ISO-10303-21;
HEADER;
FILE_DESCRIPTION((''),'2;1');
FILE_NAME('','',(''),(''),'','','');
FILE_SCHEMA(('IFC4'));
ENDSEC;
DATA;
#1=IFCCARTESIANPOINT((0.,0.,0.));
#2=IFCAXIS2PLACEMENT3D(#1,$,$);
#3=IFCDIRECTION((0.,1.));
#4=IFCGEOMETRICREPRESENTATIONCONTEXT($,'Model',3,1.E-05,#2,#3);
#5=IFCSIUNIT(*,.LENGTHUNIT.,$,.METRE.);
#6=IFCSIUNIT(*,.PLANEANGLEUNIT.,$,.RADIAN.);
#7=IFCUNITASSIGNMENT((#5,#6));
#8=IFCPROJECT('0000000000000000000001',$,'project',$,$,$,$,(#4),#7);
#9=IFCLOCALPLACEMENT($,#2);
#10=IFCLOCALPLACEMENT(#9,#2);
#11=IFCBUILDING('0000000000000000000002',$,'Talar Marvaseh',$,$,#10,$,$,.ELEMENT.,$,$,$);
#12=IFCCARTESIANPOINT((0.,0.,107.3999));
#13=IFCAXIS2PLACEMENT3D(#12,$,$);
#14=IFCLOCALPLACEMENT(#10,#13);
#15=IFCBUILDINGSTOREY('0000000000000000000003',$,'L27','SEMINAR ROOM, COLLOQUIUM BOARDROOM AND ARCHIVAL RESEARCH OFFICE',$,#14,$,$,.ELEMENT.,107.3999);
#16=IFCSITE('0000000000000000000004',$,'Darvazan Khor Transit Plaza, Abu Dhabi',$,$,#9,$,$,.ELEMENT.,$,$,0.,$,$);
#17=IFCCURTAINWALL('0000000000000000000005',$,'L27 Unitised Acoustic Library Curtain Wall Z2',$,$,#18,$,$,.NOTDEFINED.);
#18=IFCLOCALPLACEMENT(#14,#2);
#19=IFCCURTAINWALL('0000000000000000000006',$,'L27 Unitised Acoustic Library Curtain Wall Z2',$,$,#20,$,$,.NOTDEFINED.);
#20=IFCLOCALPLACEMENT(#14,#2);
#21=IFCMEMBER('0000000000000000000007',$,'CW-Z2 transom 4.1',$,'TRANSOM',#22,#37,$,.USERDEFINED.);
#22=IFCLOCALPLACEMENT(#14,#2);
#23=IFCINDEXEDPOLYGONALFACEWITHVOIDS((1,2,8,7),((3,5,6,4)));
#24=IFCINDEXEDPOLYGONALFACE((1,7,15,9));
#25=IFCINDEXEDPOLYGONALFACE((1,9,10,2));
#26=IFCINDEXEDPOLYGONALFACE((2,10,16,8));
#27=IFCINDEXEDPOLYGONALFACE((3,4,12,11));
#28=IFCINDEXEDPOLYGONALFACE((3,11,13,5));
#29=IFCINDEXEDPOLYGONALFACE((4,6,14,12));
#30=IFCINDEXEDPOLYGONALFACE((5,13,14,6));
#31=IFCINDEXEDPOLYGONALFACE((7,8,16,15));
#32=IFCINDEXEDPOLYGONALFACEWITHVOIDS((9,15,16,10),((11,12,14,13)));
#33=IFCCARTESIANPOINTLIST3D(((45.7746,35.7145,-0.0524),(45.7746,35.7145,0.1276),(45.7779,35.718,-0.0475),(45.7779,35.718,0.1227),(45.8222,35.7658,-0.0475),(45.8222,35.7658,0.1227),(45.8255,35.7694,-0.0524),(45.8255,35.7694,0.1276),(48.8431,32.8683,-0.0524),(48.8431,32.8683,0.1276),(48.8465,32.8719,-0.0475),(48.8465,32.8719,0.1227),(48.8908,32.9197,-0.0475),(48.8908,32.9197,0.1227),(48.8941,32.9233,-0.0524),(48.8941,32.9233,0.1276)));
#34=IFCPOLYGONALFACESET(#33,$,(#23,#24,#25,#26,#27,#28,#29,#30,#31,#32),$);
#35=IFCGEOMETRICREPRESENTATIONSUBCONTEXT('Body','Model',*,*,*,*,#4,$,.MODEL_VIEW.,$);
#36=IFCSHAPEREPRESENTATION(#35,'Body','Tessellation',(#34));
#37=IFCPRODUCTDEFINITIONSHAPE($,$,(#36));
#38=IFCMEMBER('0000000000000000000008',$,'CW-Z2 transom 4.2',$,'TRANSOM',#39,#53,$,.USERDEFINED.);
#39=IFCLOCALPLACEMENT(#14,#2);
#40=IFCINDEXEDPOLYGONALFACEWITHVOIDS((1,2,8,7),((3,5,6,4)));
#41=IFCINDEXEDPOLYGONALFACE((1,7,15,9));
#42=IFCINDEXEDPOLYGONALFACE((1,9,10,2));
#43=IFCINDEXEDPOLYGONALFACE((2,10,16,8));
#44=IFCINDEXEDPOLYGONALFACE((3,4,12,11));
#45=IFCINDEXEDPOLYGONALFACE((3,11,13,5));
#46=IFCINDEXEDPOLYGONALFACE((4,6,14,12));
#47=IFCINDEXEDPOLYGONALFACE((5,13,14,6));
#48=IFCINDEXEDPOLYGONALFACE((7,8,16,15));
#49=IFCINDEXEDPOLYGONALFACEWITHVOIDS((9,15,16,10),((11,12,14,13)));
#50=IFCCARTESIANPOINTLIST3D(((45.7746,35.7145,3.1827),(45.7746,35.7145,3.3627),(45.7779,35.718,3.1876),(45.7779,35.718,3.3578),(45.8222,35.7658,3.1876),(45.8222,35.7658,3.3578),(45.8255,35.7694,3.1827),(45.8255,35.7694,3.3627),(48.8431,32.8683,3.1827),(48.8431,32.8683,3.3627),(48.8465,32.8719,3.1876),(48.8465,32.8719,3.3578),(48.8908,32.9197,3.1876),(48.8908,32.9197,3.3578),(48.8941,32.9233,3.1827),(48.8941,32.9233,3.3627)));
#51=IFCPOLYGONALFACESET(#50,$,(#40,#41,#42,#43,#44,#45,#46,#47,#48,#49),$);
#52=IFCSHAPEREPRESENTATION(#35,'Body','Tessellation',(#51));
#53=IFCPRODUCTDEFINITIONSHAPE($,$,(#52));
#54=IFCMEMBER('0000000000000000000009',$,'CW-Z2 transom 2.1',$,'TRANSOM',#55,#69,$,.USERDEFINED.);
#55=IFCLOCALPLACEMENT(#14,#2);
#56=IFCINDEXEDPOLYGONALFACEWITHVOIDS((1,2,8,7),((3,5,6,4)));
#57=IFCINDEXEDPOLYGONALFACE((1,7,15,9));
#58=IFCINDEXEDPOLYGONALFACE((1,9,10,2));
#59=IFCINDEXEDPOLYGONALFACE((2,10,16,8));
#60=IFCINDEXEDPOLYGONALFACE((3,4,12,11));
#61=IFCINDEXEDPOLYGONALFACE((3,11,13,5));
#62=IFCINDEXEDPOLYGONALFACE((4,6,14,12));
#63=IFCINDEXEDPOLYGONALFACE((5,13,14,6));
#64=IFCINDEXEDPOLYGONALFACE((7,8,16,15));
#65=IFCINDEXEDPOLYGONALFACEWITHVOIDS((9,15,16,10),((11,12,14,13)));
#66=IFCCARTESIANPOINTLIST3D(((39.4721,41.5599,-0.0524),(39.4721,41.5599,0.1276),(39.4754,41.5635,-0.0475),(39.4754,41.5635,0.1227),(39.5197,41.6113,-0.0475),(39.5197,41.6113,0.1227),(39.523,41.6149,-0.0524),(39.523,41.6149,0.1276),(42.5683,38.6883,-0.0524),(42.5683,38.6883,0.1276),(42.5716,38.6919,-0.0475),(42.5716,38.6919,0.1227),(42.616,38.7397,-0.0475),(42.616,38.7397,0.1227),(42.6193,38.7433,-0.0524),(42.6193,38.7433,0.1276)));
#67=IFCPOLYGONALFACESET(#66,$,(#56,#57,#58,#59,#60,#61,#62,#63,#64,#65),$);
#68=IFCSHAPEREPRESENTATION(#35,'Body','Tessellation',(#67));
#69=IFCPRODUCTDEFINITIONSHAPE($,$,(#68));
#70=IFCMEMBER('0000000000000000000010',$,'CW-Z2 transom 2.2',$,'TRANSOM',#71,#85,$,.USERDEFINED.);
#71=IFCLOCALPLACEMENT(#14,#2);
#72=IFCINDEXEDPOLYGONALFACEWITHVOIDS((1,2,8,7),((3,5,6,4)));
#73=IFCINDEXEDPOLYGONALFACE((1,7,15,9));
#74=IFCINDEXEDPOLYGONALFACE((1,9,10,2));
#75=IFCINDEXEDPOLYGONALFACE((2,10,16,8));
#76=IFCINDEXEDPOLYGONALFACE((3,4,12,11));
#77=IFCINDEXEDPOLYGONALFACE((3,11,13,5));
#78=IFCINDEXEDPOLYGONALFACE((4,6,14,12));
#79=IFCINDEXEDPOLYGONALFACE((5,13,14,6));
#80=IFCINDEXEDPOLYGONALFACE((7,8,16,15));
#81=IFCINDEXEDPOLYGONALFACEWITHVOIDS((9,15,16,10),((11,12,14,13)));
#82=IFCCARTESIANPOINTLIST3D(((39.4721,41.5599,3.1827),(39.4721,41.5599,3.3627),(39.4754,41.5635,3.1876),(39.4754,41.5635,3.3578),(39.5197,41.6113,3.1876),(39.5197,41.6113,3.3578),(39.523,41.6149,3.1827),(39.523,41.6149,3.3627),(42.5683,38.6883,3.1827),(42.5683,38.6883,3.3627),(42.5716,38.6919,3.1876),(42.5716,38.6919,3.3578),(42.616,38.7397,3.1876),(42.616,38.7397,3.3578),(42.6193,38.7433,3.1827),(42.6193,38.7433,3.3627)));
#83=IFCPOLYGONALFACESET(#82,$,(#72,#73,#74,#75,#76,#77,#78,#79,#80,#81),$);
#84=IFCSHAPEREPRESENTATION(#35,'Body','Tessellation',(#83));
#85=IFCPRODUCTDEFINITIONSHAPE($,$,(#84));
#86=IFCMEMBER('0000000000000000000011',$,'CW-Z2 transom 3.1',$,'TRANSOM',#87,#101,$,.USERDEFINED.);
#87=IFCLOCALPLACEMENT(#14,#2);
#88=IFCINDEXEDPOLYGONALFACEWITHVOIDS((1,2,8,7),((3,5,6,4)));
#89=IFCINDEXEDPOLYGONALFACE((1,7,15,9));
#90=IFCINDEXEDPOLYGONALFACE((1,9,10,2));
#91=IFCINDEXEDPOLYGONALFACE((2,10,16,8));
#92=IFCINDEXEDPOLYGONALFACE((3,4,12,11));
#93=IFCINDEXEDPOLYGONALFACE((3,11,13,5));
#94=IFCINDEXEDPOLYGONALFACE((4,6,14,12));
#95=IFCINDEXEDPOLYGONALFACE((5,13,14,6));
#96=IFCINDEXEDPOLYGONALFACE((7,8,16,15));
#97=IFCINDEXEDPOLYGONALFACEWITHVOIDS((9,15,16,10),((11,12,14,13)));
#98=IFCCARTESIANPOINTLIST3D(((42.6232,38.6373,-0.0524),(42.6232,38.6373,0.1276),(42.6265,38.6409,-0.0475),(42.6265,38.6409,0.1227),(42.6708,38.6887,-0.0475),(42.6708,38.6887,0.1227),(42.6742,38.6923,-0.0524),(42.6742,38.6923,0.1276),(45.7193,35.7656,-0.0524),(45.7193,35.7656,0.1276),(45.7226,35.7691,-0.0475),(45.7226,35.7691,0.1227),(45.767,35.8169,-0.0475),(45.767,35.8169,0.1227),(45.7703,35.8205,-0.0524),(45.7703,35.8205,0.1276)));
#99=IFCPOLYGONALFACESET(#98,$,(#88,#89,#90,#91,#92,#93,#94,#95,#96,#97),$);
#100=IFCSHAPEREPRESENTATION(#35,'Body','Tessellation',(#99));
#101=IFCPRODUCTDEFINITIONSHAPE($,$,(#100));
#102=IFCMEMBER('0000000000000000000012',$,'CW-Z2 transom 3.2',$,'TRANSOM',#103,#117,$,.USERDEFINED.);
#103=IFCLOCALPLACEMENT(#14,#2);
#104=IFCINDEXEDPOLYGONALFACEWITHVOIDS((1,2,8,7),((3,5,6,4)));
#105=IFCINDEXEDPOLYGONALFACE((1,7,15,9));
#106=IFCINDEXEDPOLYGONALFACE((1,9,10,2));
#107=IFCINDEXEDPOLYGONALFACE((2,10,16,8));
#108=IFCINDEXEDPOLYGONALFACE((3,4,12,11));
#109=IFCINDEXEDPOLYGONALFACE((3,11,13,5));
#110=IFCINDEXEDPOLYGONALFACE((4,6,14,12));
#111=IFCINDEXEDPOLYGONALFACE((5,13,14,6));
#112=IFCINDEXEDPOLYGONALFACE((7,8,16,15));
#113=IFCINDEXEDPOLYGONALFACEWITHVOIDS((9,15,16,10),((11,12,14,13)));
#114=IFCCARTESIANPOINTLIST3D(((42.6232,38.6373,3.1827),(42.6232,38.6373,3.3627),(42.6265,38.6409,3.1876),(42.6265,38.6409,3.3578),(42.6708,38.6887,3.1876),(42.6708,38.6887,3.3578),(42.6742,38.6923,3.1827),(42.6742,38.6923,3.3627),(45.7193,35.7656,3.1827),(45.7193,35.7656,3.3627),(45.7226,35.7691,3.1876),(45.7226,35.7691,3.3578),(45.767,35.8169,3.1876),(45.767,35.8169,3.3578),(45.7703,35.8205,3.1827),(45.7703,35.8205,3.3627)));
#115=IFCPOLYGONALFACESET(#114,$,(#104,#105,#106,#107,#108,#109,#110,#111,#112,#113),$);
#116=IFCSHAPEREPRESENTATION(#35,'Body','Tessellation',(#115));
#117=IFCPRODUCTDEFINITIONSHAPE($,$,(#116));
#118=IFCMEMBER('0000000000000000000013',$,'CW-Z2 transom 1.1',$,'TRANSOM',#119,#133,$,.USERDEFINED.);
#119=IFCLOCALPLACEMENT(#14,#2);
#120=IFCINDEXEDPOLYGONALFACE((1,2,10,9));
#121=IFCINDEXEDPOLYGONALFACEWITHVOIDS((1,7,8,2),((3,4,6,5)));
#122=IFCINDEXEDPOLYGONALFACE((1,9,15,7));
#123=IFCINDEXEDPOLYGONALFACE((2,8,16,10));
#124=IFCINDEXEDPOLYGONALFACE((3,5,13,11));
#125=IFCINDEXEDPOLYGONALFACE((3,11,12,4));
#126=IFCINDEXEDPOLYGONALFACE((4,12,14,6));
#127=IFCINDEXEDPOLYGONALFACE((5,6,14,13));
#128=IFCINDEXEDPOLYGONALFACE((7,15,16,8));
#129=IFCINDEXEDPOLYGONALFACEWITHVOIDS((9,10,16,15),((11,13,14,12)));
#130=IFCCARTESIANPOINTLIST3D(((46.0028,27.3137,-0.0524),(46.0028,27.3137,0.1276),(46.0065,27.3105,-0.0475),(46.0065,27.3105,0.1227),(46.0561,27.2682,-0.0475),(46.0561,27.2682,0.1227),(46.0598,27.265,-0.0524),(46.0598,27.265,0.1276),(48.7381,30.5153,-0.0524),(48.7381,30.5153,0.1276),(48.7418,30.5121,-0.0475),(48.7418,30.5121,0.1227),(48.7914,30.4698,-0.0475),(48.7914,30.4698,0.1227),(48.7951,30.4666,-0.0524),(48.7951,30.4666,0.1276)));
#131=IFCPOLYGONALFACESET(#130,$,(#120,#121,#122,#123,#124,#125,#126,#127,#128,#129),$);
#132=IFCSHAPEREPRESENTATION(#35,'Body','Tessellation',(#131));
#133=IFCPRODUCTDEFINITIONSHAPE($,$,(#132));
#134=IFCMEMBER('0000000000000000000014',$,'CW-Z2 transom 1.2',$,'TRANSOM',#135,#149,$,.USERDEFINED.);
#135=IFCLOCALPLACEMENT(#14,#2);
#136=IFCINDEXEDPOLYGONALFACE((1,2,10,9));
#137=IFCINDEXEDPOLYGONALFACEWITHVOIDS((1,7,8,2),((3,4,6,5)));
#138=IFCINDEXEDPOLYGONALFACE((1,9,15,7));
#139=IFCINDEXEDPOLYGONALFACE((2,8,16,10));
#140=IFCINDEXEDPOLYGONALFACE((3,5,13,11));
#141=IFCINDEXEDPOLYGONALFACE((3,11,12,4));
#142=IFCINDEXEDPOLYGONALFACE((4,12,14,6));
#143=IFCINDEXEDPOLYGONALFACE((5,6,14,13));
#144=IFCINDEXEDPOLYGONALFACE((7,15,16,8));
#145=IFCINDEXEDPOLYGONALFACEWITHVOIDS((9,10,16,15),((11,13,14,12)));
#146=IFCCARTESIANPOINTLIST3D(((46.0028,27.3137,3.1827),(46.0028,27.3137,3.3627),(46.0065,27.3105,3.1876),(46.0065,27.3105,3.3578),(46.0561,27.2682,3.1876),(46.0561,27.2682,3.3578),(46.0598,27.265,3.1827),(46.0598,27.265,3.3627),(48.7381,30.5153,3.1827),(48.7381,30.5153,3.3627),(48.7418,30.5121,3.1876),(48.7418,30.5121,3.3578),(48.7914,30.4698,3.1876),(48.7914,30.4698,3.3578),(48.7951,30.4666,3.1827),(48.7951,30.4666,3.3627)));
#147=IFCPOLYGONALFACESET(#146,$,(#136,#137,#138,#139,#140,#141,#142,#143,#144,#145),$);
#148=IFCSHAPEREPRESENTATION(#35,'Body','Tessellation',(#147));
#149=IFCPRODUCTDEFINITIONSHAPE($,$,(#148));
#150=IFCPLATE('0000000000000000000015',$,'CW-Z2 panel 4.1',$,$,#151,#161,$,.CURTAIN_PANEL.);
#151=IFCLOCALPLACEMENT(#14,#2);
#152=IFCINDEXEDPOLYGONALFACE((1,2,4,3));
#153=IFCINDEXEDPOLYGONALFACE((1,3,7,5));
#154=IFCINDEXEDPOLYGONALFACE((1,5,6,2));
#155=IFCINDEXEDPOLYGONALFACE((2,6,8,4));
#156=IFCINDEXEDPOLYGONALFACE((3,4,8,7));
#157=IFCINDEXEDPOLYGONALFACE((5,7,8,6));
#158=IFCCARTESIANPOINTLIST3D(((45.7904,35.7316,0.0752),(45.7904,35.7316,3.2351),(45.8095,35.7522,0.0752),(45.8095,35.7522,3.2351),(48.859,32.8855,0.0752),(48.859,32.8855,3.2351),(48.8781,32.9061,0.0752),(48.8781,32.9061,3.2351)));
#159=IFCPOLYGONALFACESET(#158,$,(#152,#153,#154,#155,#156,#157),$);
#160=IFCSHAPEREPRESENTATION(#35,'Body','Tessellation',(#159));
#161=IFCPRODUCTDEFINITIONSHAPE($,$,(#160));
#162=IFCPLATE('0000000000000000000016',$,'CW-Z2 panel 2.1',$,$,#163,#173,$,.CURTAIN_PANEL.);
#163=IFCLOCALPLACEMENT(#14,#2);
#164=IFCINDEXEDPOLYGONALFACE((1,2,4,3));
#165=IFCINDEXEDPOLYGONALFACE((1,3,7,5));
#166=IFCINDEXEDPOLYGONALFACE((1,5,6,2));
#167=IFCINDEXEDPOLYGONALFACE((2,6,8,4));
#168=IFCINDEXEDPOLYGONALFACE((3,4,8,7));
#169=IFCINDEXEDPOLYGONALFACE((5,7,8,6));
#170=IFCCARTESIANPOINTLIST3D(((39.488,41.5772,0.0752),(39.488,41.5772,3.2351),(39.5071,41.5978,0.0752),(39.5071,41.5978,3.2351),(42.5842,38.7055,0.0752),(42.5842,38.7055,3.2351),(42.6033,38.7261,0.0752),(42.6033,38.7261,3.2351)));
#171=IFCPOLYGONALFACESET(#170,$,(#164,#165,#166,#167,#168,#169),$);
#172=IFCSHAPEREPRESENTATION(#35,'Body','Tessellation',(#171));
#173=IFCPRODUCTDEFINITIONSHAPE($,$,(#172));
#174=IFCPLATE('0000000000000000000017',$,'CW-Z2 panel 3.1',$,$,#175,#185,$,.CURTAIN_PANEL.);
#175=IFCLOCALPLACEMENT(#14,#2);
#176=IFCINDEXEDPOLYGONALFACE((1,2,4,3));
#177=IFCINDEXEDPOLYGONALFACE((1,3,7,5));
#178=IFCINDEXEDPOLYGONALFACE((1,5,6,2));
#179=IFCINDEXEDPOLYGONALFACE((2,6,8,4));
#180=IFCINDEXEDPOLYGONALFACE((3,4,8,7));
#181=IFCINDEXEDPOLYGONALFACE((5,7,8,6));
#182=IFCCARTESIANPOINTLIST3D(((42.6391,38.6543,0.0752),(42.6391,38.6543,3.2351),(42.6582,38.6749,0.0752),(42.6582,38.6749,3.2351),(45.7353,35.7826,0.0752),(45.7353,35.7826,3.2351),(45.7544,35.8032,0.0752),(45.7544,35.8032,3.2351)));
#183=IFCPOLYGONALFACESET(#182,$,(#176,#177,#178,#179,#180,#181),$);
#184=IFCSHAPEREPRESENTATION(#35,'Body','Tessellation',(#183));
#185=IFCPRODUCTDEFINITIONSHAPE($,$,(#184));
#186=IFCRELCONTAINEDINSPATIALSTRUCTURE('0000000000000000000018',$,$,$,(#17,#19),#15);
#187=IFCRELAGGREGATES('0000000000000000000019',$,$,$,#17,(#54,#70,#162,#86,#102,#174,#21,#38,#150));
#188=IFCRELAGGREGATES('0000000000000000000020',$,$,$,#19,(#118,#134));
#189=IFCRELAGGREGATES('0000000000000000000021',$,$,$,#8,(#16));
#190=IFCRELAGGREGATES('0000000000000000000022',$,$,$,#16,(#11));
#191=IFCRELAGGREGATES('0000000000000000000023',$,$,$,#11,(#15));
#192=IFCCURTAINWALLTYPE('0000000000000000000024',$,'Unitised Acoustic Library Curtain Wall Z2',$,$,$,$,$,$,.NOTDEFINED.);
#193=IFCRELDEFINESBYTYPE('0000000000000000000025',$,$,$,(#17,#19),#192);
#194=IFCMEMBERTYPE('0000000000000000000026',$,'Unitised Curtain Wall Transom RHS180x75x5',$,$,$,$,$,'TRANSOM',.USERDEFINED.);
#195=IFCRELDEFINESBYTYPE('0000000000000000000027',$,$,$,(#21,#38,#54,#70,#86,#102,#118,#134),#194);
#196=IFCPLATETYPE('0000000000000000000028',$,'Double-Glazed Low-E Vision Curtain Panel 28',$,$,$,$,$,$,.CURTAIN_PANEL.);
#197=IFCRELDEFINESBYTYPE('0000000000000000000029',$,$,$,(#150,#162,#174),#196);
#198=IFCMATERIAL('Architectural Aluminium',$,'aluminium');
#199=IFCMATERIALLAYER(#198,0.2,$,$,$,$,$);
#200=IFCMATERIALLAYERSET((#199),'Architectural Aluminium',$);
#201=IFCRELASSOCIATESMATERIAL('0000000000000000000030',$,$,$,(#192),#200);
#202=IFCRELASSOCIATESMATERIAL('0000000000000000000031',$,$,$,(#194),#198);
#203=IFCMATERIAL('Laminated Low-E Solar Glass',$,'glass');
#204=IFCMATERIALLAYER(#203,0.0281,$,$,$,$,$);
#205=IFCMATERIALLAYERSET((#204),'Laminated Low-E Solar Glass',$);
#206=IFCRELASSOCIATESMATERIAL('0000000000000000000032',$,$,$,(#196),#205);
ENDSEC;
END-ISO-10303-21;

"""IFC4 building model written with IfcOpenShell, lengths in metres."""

from ifc_helpers import new_model, si_unit, direction, frame, origin, origin_2d, place, context, subcontext, project, spatial, rectangle, hollow_rectangle, extrude, source, transform, mapped, material, layer, layer_set, material_profile, profile_set, type_object, type_shapes, element, aggregate, save


model = new_model("IFC4")

# Units and contexts
model_context = context("Model", 3, precision=1e-05, world=origin(), true_north=direction((0.0, 1.0)))
body_context = subcontext(model_context, "Body", "Model", "MODEL_VIEW")
ifc_project = project(units=[si_unit("LENGTHUNIT", "METRE"), si_unit("PLANEANGLEUNIT", "RADIAN")], contexts=[model_context])

# Site, building, storey
site_placement = place(None, origin())
site = spatial("IfcSite", under=ifc_project, at=site_placement, Name="Darvazan Khor Transit Plaza, Abu Dhabi", CompositionType="ELEMENT", RefElevation=0.0)
building_placement = place(site_placement, origin())
building = spatial("IfcBuilding", under=site, at=building_placement, Name="Talar Marvaseh", CompositionType="ELEMENT")
storey_placement = place(building_placement, frame((0.0, 0.0, 107.3999)))
storey = spatial("IfcBuildingStorey", under=building, at=storey_placement, Name="L27", Description="SEMINAR ROOM, COLLOQUIUM BOARDROOM AND ARCHIVAL RESEARCH OFFICE", CompositionType="ELEMENT", Elevation=107.3999)

# Curtain wall
ifc_material_1 = material(Name="Architectural Aluminium", Category="aluminium")
ifc_layer_1 = layer(ifc_material_1, 0.2)
ifc_layer_set_1 = layer_set([ifc_layer_1], Name="Architectural Aluminium")
curtain_wall_type = type_object("IfcCurtainWallType", Name="Unitised Acoustic Library Curtain Wall Z2", PredefinedType="NOTDEFINED", material=ifc_layer_set_1)
curtain_wall_1_placement = place(storey_placement, origin())
curtain_wall_1 = element("IfcCurtainWall", 1, at=curtain_wall_1_placement, inside=storey, type_object=curtain_wall_type, Name="L27 Unitised Acoustic Library Curtain Wall Z2", PredefinedType="NOTDEFINED")

# Curtain wall
curtain_wall_2_placement = place(storey_placement, origin())
curtain_wall_2 = element("IfcCurtainWall", 2, at=curtain_wall_2_placement, inside=storey, type_object=curtain_wall_type, Name="L27 Unitised Acoustic Library Curtain Wall Z2", PredefinedType="NOTDEFINED")

# Members
ifc_material_profile_1 = material_profile(ifc_material_1, hollow_rectangle(XDim=0.075, YDim=0.1799, WallThickness=0.0049, at=origin_2d()), Name="RHS180x75x5")
ifc_profile_set_1 = profile_set([ifc_material_profile_1], Name="Architectural Aluminium")
member_type_1 = type_object("IfcMemberType", Name="Unitised Curtain Wall Transom RHS180x75x5", ElementType="TRANSOM", PredefinedType="USERDEFINED", material=ifc_profile_set_1)
shared_shape_1 = source(origin(), body_context, "Body", "SweptSolid", [
    extrude(hollow_rectangle(XDim=0.075, YDim=0.1799, WallThickness=0.0049, at=origin_2d()), origin(), (0.0, 0.0, 1.0), 4.1853),
])
member_1_placement = place(storey_placement, frame((45.8, 35.7419, 0.0376), z_axis=(0.733178, -0.680037, 0.0), x_axis=(0.680037, 0.733178, 0.0)))
member_1 = element("IfcMember", 3, at=member_1_placement, type_object=member_type_1, Name="CW-Z2 transom 4.1", ObjectType="TRANSOM", PredefinedType="USERDEFINED", context=body_context, shape_type="MappedRepresentation", body=[
    mapped(shared_shape_1, transform((0.0, 0.0, 0.0), x_axis=(1.0, 0.0, 0.0), y_axis=(0.0, 1.0, 0.0), z_axis=(0.0, 0.0, 1.0), scale=1.0)),
])
member_2_placement = place(storey_placement, frame((45.8, 35.7419, 3.2727), z_axis=(0.733178, -0.680037, 0.0), x_axis=(0.680037, 0.733178, 0.0)))
member_2 = element("IfcMember", 4, at=member_2_placement, type_object=member_type_1, Name="CW-Z2 transom 4.2", ObjectType="TRANSOM", PredefinedType="USERDEFINED", context=body_context, shape_type="MappedRepresentation", body=[
    mapped(shared_shape_1, transform((0.0, 0.0, 0.0), x_axis=(1.0, 0.0, 0.0), y_axis=(0.0, 1.0, 0.0), z_axis=(0.0, 0.0, 1.0), scale=1.0)),
])
shared_shape_2 = source(origin(), body_context, "Body", "SweptSolid", [
    extrude(hollow_rectangle(XDim=0.075, YDim=0.1799, WallThickness=0.0049, at=origin_2d()), origin(), (0.0, 0.0, 1.0), 4.2229),
])
member_3_placement = place(storey_placement, frame((39.4976, 41.5874, 0.0376), z_axis=(0.733201, -0.680012, 0.0), x_axis=(0.680012, 0.733201, 0.0)))
member_3 = element("IfcMember", 5, at=member_3_placement, type_object=member_type_1, Name="CW-Z2 transom 2.1", ObjectType="TRANSOM", PredefinedType="USERDEFINED", context=body_context, shape_type="MappedRepresentation", body=[
    mapped(shared_shape_2, transform((0.0, 0.0, 0.0), x_axis=(1.0, 0.0, 0.0), y_axis=(0.0, 1.0, 0.0), z_axis=(0.0, 0.0, 1.0), scale=1.0)),
])
member_4_placement = place(storey_placement, frame((39.4976, 41.5874, 3.2727), z_axis=(0.733201, -0.680012, 0.0), x_axis=(0.680012, 0.733201, 0.0)))
member_4 = element("IfcMember", 6, at=member_4_placement, type_object=member_type_1, Name="CW-Z2 transom 2.2", ObjectType="TRANSOM", PredefinedType="USERDEFINED", context=body_context, shape_type="MappedRepresentation", body=[
    mapped(shared_shape_2, transform((0.0, 0.0, 0.0), x_axis=(1.0, 0.0, 0.0), y_axis=(0.0, 1.0, 0.0), z_axis=(0.0, 0.0, 1.0), scale=1.0)),
])
member_5_placement = place(storey_placement, frame((42.6487, 38.6648, 0.0376), z_axis=(0.733172, -0.680043, 0.0), x_axis=(0.680043, 0.733172, 0.0)))
member_5 = element("IfcMember", 7, at=member_5_placement, type_object=member_type_1, Name="CW-Z2 transom 3.1", ObjectType="TRANSOM", PredefinedType="USERDEFINED", context=body_context, shape_type="MappedRepresentation", body=[
    mapped(shared_shape_2, transform((0.0, 0.0, 0.0), x_axis=(1.0, 0.0, 0.0), y_axis=(0.0, 1.0, 0.0), z_axis=(0.0, 0.0, 1.0), scale=1.0)),
])
member_6_placement = place(storey_placement, frame((42.6487, 38.6648, 3.2727), z_axis=(0.733172, -0.680043, 0.0), x_axis=(0.680043, 0.733172, 0.0)))
member_6 = element("IfcMember", 8, at=member_6_placement, type_object=member_type_1, Name="CW-Z2 transom 3.2", ObjectType="TRANSOM", PredefinedType="USERDEFINED", context=body_context, shape_type="MappedRepresentation", body=[
    mapped(shared_shape_2, transform((0.0, 0.0, 0.0), x_axis=(1.0, 0.0, 0.0), y_axis=(0.0, 1.0, 0.0), z_axis=(0.0, 0.0, 1.0), scale=1.0)),
])
shared_shape_3 = source(origin(), body_context, "Body", "SweptSolid", [
    extrude(hollow_rectangle(XDim=0.075, YDim=0.1799, WallThickness=0.0049, at=origin_2d()), origin(), (0.0, 0.0, 1.0), 4.2109),
])
type_shapes(member_type_1, [shared_shape_1, shared_shape_2, shared_shape_3])
member_7_placement = place(storey_placement, frame((48.7666, 30.491, 0.0376), z_axis=(-0.649568, -0.760303, 0.0), x_axis=(0.760303, -0.649568, 0.0)))
member_7 = element("IfcMember", 9, at=member_7_placement, type_object=member_type_1, Name="CW-Z2 transom 1.1", ObjectType="TRANSOM", PredefinedType="USERDEFINED", context=body_context, shape_type="MappedRepresentation", body=[
    mapped(shared_shape_3, transform((0.0, 0.0, 0.0), x_axis=(1.0, 0.0, 0.0), y_axis=(0.0, 1.0, 0.0), z_axis=(0.0, 0.0, 1.0), scale=1.0)),
])
member_8_placement = place(storey_placement, frame((48.7666, 30.491, 3.2727), z_axis=(-0.649568, -0.760303, 0.0), x_axis=(0.760303, -0.649568, 0.0)))
member_8 = element("IfcMember", 10, at=member_8_placement, type_object=member_type_1, Name="CW-Z2 transom 1.2", ObjectType="TRANSOM", PredefinedType="USERDEFINED", context=body_context, shape_type="MappedRepresentation", body=[
    mapped(shared_shape_3, transform((0.0, 0.0, 0.0), x_axis=(1.0, 0.0, 0.0), y_axis=(0.0, 1.0, 0.0), z_axis=(0.0, 0.0, 1.0), scale=1.0)),
])

# Plates
ifc_material_2 = material(Name="Laminated Low-E Solar Glass", Category="glass")
ifc_layer_2 = layer(ifc_material_2, 0.0281)
ifc_layer_set_2 = layer_set([ifc_layer_2], Name="Laminated Low-E Solar Glass")
plate_type = type_object("IfcPlateType", Name="Double-Glazed Low-E Vision Curtain Panel 28", PredefinedType="CURTAIN_PANEL", material=ifc_layer_set_2)
shared_shape_4 = source(origin(), body_context, "Body", "SweptSolid", [
    extrude(rectangle(XDim=4.1853, YDim=0.0281, at=origin_2d()), origin(), (0.0, 0.0, 1.0), 3.1599),
])
plate_1_placement = place(storey_placement, frame((47.3342, 34.3188, 0.0752), z_axis=(0.0, 0.0, 1.0), x_axis=(0.733184, -0.68003, 0.0)))
plate_1 = element("IfcPlate", 11, at=plate_1_placement, type_object=plate_type, Name="CW-Z2 panel 4.1", PredefinedType="CURTAIN_PANEL", context=body_context, shape_type="MappedRepresentation", body=[
    mapped(shared_shape_4, transform((0.0, 0.0, 0.0), x_axis=(1.0, 0.0, 0.0), y_axis=(0.0, 1.0, 0.0), z_axis=(0.0, 0.0, 1.0), scale=1.0)),
])
shared_shape_5 = source(origin(), body_context, "Body", "SweptSolid", [
    extrude(rectangle(XDim=4.2229, YDim=0.0281, at=origin_2d()), origin(), (0.0, 0.0, 1.0), 3.1599),
])
plate_2_placement = place(storey_placement, frame((41.0457, 40.1516, 0.0752), z_axis=(0.0, 0.0, 1.0), x_axis=(0.733184, -0.68003, 0.0)))
plate_2 = element("IfcPlate", 12, at=plate_2_placement, type_object=plate_type, Name="CW-Z2 panel 2.1", PredefinedType="CURTAIN_PANEL", context=body_context, shape_type="MappedRepresentation", body=[
    mapped(shared_shape_5, transform((0.0, 0.0, 0.0), x_axis=(1.0, 0.0, 0.0), y_axis=(0.0, 1.0, 0.0), z_axis=(0.0, 0.0, 1.0), scale=1.0)),
])
plate_3_placement = place(storey_placement, frame((44.1968, 37.2288, 0.0752), z_axis=(0.0, 0.0, 1.0), x_axis=(0.733184, -0.68003, 0.0)))
plate_3 = element("IfcPlate", 13, at=plate_3_placement, type_object=plate_type, Name="CW-Z2 panel 3.1", PredefinedType="CURTAIN_PANEL", context=body_context, shape_type="MappedRepresentation", body=[
    mapped(shared_shape_5, transform((0.0, 0.0, 0.0), x_axis=(1.0, 0.0, 0.0), y_axis=(0.0, 1.0, 0.0), z_axis=(0.0, 0.0, 1.0), scale=1.0)),
])
aggregate(curtain_wall_1, [member_3, member_4, plate_2, member_5, member_6, plate_3, member_1, member_2, plate_1])
aggregate(curtain_wall_2, [member_7, member_8])

save(model, "model.ifc")
